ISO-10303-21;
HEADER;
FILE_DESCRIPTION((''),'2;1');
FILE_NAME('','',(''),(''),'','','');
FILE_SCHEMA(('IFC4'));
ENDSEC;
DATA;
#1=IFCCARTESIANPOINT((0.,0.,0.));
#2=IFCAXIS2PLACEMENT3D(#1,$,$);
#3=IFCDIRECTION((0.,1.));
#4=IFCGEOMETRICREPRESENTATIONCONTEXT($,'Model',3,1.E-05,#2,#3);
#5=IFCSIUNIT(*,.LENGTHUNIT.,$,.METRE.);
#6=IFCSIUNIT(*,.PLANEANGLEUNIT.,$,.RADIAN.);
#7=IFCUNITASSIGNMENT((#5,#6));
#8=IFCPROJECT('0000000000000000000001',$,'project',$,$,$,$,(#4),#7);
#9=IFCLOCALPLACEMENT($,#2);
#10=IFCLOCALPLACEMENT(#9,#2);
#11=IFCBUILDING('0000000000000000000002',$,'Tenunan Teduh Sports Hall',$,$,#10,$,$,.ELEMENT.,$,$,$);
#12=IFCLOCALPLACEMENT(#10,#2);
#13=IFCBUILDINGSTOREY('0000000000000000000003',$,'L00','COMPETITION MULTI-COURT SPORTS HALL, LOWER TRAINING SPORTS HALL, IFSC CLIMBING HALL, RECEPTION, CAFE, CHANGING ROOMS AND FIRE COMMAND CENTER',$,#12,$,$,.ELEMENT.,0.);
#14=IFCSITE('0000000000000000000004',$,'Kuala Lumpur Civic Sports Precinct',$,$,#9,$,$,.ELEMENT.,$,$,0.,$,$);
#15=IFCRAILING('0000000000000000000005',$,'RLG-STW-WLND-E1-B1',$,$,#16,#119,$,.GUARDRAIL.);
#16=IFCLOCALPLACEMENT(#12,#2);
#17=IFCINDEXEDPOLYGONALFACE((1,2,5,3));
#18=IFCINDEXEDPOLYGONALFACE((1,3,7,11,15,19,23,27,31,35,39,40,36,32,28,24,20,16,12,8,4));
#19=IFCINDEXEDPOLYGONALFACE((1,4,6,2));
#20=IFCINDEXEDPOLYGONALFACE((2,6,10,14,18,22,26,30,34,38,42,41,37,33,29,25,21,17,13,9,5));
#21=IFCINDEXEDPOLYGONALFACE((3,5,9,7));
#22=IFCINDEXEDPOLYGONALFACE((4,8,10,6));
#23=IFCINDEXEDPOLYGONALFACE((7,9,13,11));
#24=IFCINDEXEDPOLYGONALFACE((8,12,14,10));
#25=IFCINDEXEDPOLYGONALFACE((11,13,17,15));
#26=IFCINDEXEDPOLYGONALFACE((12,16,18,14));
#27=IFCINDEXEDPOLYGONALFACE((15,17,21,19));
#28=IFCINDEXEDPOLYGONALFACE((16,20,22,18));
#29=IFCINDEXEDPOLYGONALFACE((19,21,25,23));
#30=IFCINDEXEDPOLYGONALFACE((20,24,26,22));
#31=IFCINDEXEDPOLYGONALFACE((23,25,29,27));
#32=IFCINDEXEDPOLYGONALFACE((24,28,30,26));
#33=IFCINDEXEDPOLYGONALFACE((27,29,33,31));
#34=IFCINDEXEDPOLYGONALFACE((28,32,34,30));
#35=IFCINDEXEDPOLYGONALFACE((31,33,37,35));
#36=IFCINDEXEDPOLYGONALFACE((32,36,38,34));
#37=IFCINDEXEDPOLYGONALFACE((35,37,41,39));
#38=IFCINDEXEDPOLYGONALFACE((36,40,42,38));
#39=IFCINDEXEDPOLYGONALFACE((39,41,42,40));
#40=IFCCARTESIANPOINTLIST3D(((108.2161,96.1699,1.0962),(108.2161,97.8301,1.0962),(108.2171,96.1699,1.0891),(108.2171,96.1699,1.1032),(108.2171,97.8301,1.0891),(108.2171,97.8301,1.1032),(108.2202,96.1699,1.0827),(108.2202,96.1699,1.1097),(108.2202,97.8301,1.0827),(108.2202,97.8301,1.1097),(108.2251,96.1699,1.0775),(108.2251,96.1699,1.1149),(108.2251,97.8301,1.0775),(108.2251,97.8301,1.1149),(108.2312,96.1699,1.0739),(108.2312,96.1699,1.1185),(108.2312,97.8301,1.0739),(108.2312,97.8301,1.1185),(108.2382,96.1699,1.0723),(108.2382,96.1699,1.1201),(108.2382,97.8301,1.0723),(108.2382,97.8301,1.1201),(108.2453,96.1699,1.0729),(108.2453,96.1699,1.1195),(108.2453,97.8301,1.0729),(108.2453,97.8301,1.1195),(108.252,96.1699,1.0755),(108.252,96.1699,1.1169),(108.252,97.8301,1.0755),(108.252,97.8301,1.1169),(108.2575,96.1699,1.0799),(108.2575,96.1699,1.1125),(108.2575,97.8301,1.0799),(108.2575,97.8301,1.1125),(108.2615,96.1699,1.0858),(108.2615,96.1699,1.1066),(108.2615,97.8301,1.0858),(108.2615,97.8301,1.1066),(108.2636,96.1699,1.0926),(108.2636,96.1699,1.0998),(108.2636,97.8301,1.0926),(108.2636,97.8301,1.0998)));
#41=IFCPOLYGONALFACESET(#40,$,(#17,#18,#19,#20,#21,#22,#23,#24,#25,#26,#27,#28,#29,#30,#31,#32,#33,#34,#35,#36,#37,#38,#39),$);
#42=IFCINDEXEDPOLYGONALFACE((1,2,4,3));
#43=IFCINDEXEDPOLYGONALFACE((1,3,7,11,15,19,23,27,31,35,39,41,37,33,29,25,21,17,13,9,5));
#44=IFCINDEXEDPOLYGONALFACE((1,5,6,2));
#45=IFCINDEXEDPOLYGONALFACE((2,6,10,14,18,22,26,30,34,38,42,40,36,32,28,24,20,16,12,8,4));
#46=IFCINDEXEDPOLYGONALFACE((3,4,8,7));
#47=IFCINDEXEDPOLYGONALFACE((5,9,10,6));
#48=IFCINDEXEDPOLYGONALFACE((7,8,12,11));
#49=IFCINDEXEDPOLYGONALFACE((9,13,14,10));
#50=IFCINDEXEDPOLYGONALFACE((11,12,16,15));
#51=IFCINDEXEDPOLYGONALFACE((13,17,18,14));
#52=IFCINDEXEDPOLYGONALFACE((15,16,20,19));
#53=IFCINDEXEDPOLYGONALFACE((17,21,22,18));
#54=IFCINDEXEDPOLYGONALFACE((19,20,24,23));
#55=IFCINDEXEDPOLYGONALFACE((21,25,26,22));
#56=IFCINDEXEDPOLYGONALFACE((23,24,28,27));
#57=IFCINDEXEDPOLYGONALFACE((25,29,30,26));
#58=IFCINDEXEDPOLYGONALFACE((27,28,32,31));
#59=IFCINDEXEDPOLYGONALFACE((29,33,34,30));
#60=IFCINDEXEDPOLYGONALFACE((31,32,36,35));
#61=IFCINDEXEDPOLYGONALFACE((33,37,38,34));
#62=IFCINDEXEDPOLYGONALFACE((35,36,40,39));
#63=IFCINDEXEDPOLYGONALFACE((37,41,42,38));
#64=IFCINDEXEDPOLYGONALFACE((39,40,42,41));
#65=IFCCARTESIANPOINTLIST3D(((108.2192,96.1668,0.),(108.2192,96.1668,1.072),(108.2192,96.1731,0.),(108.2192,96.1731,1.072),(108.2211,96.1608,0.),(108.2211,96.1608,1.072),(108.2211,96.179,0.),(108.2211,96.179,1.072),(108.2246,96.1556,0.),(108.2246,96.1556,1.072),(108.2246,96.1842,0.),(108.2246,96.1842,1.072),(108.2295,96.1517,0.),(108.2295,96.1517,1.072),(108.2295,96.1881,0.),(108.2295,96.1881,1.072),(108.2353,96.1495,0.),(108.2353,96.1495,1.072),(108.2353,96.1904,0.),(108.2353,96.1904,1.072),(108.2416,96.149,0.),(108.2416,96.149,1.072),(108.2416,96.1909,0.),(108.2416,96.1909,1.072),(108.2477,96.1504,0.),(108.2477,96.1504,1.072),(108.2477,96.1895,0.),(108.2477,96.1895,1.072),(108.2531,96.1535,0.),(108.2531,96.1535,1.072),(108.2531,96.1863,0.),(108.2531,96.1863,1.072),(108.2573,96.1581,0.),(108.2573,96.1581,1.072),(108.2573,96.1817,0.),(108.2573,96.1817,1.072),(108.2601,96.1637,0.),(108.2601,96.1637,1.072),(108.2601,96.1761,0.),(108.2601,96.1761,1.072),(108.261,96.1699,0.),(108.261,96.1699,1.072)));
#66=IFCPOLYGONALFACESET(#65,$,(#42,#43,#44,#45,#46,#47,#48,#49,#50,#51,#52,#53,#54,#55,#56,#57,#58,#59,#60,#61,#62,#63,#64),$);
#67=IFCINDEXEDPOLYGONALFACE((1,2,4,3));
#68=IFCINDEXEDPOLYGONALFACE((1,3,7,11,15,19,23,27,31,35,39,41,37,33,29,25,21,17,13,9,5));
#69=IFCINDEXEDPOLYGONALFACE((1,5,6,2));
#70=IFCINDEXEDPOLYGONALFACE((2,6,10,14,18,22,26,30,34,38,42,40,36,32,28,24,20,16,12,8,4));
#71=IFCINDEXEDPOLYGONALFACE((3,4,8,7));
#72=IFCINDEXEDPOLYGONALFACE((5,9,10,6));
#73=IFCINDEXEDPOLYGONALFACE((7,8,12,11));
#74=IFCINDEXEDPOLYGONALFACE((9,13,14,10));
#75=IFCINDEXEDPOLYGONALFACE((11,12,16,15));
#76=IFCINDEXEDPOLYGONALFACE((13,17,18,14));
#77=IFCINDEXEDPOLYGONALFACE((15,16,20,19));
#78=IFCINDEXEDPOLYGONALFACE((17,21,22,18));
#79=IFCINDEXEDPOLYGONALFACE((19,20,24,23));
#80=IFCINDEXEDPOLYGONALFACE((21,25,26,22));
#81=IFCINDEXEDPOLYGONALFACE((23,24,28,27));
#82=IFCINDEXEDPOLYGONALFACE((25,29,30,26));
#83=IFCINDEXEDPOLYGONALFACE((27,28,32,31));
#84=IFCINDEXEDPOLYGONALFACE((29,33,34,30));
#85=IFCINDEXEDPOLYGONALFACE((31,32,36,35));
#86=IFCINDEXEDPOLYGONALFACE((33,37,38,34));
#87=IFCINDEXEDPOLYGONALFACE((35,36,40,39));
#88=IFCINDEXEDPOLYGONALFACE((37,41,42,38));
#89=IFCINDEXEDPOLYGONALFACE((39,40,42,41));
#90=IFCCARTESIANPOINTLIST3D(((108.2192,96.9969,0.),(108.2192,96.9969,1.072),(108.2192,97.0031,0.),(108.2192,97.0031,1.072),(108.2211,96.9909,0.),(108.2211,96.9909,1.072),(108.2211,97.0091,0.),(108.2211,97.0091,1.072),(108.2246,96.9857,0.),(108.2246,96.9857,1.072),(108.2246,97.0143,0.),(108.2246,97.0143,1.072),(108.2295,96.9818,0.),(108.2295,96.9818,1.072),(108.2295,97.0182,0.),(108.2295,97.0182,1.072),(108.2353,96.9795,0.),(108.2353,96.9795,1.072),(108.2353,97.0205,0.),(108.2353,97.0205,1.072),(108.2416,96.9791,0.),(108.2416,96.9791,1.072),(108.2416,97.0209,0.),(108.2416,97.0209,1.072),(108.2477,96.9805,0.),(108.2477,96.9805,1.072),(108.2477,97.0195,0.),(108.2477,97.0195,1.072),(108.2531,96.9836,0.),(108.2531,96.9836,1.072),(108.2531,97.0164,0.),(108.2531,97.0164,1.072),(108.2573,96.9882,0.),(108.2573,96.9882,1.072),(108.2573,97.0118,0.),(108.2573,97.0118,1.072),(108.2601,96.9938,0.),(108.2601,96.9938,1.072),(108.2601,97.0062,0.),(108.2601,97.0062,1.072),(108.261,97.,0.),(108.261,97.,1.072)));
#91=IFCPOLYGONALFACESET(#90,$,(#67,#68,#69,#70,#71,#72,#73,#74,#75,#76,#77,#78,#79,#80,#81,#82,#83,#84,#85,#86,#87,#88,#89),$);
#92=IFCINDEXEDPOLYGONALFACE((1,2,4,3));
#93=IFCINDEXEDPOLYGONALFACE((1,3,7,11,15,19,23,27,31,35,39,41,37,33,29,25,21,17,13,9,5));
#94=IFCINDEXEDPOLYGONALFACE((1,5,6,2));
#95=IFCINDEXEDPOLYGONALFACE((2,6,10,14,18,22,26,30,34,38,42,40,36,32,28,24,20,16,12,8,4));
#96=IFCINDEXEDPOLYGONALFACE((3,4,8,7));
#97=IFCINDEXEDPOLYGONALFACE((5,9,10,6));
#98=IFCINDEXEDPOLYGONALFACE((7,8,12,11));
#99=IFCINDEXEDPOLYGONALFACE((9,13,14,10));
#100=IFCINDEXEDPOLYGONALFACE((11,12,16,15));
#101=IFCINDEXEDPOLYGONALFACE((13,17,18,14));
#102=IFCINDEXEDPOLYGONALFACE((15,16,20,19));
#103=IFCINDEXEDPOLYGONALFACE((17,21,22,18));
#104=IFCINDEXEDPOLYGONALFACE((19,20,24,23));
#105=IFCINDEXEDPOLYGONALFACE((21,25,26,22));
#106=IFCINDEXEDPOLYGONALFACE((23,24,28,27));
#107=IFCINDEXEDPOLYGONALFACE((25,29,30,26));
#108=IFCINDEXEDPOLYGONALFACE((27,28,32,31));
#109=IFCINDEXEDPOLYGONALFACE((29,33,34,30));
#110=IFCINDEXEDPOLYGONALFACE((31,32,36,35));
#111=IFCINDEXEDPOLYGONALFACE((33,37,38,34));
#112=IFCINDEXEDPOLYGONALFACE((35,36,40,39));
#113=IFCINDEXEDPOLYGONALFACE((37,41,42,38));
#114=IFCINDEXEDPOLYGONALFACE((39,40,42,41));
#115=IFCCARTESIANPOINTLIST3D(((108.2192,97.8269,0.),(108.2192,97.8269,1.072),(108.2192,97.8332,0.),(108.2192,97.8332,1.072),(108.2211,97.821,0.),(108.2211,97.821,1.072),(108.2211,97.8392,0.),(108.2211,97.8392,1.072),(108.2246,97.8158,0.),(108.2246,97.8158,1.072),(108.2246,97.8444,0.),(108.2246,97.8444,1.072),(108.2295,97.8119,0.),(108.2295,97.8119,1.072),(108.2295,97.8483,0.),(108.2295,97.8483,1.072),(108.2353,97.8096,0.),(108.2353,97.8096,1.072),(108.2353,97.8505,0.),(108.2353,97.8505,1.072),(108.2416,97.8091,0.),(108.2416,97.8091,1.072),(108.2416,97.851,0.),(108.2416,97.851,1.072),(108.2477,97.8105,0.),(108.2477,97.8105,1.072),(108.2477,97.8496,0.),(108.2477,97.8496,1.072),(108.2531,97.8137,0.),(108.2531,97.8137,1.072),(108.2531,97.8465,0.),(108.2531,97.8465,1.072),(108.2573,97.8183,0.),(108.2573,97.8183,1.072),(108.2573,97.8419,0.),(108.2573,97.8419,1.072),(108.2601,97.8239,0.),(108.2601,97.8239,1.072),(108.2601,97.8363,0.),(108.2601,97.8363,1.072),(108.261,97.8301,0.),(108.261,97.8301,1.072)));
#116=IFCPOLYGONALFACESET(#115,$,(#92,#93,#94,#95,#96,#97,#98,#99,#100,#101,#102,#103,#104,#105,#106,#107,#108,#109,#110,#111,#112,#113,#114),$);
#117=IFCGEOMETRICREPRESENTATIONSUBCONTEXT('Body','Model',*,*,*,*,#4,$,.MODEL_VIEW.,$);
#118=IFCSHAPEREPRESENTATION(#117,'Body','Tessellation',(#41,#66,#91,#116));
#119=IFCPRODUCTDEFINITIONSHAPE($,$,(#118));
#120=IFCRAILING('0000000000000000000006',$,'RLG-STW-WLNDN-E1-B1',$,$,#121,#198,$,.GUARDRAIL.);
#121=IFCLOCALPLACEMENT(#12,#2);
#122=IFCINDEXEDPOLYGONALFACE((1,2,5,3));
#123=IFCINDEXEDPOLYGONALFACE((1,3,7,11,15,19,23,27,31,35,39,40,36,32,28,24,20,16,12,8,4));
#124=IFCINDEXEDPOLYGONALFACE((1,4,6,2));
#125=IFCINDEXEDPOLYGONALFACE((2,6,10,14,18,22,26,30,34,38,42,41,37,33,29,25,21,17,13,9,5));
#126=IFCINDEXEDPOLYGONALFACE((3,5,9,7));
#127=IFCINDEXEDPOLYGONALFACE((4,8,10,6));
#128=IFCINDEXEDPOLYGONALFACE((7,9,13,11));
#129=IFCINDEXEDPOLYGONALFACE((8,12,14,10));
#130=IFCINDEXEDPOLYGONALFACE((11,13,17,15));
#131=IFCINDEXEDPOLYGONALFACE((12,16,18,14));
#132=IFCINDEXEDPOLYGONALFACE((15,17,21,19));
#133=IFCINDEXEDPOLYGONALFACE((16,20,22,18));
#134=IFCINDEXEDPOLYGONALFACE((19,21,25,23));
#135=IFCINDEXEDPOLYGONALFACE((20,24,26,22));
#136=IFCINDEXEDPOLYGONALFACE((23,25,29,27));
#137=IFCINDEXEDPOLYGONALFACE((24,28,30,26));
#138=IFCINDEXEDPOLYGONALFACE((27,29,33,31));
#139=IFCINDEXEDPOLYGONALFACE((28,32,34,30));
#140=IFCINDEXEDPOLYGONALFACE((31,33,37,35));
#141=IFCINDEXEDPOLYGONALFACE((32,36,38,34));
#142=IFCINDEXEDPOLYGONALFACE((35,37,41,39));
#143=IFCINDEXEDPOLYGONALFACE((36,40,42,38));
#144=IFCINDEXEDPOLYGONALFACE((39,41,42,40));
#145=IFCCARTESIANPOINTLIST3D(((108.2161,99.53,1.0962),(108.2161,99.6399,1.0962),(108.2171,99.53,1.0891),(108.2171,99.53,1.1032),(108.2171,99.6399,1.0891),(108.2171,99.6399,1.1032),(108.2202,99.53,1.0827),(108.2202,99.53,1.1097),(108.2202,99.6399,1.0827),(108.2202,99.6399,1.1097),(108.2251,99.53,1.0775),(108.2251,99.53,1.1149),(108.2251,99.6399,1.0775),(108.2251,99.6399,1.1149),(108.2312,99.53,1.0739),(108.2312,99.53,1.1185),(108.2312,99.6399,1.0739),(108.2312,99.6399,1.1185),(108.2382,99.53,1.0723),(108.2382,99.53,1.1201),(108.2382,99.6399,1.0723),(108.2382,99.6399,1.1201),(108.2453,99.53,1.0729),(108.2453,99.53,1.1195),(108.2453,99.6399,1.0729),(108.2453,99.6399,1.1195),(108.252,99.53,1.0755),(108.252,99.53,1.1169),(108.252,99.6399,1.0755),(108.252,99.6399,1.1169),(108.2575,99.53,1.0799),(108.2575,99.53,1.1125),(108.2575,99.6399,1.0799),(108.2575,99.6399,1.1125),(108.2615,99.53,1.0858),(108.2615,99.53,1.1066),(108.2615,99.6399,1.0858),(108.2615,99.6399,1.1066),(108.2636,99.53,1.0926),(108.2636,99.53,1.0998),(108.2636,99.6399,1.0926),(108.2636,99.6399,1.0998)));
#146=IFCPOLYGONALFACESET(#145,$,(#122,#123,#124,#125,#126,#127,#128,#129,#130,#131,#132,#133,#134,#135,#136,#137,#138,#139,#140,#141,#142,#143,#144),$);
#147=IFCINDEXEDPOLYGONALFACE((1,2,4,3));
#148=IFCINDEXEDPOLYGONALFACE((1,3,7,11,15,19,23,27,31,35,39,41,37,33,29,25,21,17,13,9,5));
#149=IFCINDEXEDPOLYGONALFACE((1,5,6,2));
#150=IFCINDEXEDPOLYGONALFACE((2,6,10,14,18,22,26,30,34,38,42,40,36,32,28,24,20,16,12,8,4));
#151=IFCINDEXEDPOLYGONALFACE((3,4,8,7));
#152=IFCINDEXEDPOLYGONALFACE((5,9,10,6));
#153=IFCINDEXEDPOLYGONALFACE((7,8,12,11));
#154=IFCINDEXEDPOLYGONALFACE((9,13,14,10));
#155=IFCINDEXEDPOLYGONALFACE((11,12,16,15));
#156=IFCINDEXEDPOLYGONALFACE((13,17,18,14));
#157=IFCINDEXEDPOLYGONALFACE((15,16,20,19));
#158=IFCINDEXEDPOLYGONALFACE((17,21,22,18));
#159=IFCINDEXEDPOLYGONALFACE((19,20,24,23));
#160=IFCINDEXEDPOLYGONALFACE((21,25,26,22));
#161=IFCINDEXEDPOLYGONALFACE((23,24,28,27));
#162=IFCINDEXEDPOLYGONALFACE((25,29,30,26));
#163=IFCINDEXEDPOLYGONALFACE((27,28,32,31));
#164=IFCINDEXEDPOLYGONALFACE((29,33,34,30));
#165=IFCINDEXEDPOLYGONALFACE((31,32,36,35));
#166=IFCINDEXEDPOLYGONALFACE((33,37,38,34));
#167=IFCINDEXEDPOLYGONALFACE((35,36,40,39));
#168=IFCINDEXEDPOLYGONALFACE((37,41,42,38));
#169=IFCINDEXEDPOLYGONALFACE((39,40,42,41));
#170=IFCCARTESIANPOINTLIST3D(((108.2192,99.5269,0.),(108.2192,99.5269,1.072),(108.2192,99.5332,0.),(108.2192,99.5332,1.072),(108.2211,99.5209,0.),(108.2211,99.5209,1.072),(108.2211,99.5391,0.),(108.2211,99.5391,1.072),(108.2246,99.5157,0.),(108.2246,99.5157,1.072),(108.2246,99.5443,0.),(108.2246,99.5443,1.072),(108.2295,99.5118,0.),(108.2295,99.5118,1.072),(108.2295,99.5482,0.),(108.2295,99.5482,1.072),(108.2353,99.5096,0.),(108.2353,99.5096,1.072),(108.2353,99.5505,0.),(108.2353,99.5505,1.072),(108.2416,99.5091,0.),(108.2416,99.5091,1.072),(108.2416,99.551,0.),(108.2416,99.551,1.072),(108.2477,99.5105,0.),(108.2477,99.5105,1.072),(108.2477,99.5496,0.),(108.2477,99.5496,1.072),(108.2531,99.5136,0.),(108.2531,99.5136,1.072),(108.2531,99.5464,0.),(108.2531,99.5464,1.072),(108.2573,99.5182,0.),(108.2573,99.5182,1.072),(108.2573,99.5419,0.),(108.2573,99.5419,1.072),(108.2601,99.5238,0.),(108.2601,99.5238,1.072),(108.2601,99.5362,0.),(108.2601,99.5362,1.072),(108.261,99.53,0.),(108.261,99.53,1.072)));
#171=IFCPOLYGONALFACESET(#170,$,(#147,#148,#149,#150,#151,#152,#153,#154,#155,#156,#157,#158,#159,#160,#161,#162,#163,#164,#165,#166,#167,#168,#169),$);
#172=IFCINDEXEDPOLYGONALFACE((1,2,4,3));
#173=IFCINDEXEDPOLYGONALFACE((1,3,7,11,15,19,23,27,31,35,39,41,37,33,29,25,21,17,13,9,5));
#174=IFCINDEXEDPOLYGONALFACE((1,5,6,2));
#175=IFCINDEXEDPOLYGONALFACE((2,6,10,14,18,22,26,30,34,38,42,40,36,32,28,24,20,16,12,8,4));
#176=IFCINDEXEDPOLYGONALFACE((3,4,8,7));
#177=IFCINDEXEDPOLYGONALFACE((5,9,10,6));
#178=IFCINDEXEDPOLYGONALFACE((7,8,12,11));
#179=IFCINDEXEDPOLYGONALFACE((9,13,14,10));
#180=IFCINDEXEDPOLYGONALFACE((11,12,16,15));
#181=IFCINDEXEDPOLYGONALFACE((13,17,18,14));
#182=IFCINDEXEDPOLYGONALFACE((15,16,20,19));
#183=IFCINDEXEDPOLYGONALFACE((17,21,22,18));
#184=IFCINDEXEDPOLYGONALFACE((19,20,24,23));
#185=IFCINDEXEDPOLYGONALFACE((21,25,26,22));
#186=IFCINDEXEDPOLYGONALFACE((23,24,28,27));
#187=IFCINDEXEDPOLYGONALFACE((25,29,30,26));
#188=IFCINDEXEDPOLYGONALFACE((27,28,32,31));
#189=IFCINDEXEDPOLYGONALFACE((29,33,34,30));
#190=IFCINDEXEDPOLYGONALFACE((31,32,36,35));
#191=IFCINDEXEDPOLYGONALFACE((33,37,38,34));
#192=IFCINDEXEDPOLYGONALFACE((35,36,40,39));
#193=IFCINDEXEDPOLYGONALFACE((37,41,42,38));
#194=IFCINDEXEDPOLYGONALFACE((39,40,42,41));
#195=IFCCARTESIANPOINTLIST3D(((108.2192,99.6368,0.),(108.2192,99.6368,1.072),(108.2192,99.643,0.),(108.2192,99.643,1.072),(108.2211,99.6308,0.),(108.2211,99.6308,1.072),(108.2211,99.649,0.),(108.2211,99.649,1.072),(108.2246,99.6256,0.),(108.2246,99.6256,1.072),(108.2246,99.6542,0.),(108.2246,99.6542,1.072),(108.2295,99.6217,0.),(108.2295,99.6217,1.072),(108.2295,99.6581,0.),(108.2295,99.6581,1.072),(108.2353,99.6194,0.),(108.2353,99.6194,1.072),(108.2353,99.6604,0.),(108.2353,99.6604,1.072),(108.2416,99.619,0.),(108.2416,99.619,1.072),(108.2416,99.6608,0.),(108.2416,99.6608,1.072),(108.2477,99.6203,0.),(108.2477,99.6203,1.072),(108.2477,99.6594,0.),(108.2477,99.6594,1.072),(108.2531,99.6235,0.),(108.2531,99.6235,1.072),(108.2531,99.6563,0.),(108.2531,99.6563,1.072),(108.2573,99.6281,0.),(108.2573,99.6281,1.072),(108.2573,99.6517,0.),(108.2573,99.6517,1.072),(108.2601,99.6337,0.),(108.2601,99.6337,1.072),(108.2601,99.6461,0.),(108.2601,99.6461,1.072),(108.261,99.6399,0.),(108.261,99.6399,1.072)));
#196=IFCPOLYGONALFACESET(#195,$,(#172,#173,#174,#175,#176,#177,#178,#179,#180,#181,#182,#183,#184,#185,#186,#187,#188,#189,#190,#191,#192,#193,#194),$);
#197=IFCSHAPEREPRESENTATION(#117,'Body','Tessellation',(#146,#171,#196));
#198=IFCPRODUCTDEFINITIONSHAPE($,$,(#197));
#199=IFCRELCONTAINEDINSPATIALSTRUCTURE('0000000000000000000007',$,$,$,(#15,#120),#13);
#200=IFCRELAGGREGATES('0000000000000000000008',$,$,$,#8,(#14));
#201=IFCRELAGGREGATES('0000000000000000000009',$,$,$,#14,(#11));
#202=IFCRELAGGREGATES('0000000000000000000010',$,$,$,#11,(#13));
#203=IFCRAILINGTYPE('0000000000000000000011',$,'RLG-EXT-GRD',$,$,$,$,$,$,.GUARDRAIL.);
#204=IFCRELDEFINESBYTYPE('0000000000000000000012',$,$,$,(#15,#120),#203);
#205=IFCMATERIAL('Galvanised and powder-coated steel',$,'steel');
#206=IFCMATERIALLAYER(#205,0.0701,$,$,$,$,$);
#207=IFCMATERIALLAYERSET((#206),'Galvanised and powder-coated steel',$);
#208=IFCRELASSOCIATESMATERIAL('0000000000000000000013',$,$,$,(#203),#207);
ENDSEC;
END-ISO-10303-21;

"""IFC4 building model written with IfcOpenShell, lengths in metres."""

from ifc_helpers import new_model, si_unit, direction, frame, origin, origin_2d, place, context, subcontext, project, spatial, circle, extrude, material, layer, layer_set, type_object, element, save


model = new_model("IFC4")

# Units and contexts
model_context = context("Model", 3, precision=1e-05, world=origin(), true_north=direction((0.0, 1.0)))
body_context = subcontext(model_context, "Body", "Model", "MODEL_VIEW")
ifc_project = project(units=[si_unit("LENGTHUNIT", "METRE"), si_unit("PLANEANGLEUNIT", "RADIAN")], contexts=[model_context])

# Site, building, storey
site_placement = place(None, origin())
site = spatial("IfcSite", under=ifc_project, at=site_placement, Name="Kuala Lumpur Civic Sports Precinct", CompositionType="ELEMENT", RefElevation=0.0)
building_placement = place(site_placement, origin())
building = spatial("IfcBuilding", under=site, at=building_placement, Name="Tenunan Teduh Sports Hall", CompositionType="ELEMENT")
storey_placement = place(building_placement, origin())
storey = spatial("IfcBuildingStorey", under=building, at=storey_placement, Name="L00", Description="COMPETITION MULTI-COURT SPORTS HALL, LOWER TRAINING SPORTS HALL, IFSC CLIMBING HALL, RECEPTION, CAFE, CHANGING ROOMS AND FIRE COMMAND CENTER", CompositionType="ELEMENT", Elevation=0.0)

# Railings
ifc_material_1 = material(Name="Galvanised and powder-coated steel", Category="steel")
ifc_layer_1 = layer(ifc_material_1, 0.0701)
ifc_layer_set_1 = layer_set([ifc_layer_1], Name="Galvanised and powder-coated steel")
railing_type_1 = type_object("IfcRailingType", Name="RLG-EXT-GRD", PredefinedType="GUARDRAIL", material=ifc_layer_set_1)
railing_1_placement = place(storey_placement, frame((108.24, 96.1699, 0.0)))
element("IfcRailing", 1, at=railing_1_placement, inside=storey, type_object=railing_type_1, Name="RLG-STW-WLND-E1-B1", PredefinedType="GUARDRAIL", context=body_context, shape_type="SweptSolid", body=[
    extrude(circle(Radius=0.0239, at=origin_2d()), frame((0.0, 0.0, 1.0962), z_axis=(0.0, 1.0, 0.0), x_axis=(-1.0, 0.0, 0.0)), (0.0, 0.0, 1.0), 1.6602),
    extrude(circle(Radius=0.021, at=origin_2d()), origin(), (0.0, 0.0, 1.0), 1.072),
    extrude(circle(Radius=0.021, at=origin_2d()), frame((0.0, 0.8301, 0.0)), (0.0, 0.0, 1.0), 1.072),
    extrude(circle(Radius=0.021, at=origin_2d()), frame((0.0, 1.6602, 0.0)), (0.0, 0.0, 1.0), 1.072),
])
railing_2_placement = place(storey_placement, frame((108.24, 99.53, 0.0)))
element("IfcRailing", 2, at=railing_2_placement, inside=storey, type_object=railing_type_1, Name="RLG-STW-WLNDN-E1-B1", PredefinedType="GUARDRAIL", context=body_context, shape_type="SweptSolid", body=[
    extrude(circle(Radius=0.0239, at=origin_2d()), frame((0.0, 0.0, 1.0962), z_axis=(0.0, 1.0, 0.0), x_axis=(-1.0, 0.0, 0.0)), (0.0, 0.0, 1.0), 0.1099),
    extrude(circle(Radius=0.021, at=origin_2d()), origin(), (0.0, 0.0, 1.0), 1.072),
    extrude(circle(Radius=0.021, at=origin_2d()), frame((0.0, 0.1099, 0.0)), (0.0, 0.0, 1.0), 1.072),
])

save(model, "model.ifc")
